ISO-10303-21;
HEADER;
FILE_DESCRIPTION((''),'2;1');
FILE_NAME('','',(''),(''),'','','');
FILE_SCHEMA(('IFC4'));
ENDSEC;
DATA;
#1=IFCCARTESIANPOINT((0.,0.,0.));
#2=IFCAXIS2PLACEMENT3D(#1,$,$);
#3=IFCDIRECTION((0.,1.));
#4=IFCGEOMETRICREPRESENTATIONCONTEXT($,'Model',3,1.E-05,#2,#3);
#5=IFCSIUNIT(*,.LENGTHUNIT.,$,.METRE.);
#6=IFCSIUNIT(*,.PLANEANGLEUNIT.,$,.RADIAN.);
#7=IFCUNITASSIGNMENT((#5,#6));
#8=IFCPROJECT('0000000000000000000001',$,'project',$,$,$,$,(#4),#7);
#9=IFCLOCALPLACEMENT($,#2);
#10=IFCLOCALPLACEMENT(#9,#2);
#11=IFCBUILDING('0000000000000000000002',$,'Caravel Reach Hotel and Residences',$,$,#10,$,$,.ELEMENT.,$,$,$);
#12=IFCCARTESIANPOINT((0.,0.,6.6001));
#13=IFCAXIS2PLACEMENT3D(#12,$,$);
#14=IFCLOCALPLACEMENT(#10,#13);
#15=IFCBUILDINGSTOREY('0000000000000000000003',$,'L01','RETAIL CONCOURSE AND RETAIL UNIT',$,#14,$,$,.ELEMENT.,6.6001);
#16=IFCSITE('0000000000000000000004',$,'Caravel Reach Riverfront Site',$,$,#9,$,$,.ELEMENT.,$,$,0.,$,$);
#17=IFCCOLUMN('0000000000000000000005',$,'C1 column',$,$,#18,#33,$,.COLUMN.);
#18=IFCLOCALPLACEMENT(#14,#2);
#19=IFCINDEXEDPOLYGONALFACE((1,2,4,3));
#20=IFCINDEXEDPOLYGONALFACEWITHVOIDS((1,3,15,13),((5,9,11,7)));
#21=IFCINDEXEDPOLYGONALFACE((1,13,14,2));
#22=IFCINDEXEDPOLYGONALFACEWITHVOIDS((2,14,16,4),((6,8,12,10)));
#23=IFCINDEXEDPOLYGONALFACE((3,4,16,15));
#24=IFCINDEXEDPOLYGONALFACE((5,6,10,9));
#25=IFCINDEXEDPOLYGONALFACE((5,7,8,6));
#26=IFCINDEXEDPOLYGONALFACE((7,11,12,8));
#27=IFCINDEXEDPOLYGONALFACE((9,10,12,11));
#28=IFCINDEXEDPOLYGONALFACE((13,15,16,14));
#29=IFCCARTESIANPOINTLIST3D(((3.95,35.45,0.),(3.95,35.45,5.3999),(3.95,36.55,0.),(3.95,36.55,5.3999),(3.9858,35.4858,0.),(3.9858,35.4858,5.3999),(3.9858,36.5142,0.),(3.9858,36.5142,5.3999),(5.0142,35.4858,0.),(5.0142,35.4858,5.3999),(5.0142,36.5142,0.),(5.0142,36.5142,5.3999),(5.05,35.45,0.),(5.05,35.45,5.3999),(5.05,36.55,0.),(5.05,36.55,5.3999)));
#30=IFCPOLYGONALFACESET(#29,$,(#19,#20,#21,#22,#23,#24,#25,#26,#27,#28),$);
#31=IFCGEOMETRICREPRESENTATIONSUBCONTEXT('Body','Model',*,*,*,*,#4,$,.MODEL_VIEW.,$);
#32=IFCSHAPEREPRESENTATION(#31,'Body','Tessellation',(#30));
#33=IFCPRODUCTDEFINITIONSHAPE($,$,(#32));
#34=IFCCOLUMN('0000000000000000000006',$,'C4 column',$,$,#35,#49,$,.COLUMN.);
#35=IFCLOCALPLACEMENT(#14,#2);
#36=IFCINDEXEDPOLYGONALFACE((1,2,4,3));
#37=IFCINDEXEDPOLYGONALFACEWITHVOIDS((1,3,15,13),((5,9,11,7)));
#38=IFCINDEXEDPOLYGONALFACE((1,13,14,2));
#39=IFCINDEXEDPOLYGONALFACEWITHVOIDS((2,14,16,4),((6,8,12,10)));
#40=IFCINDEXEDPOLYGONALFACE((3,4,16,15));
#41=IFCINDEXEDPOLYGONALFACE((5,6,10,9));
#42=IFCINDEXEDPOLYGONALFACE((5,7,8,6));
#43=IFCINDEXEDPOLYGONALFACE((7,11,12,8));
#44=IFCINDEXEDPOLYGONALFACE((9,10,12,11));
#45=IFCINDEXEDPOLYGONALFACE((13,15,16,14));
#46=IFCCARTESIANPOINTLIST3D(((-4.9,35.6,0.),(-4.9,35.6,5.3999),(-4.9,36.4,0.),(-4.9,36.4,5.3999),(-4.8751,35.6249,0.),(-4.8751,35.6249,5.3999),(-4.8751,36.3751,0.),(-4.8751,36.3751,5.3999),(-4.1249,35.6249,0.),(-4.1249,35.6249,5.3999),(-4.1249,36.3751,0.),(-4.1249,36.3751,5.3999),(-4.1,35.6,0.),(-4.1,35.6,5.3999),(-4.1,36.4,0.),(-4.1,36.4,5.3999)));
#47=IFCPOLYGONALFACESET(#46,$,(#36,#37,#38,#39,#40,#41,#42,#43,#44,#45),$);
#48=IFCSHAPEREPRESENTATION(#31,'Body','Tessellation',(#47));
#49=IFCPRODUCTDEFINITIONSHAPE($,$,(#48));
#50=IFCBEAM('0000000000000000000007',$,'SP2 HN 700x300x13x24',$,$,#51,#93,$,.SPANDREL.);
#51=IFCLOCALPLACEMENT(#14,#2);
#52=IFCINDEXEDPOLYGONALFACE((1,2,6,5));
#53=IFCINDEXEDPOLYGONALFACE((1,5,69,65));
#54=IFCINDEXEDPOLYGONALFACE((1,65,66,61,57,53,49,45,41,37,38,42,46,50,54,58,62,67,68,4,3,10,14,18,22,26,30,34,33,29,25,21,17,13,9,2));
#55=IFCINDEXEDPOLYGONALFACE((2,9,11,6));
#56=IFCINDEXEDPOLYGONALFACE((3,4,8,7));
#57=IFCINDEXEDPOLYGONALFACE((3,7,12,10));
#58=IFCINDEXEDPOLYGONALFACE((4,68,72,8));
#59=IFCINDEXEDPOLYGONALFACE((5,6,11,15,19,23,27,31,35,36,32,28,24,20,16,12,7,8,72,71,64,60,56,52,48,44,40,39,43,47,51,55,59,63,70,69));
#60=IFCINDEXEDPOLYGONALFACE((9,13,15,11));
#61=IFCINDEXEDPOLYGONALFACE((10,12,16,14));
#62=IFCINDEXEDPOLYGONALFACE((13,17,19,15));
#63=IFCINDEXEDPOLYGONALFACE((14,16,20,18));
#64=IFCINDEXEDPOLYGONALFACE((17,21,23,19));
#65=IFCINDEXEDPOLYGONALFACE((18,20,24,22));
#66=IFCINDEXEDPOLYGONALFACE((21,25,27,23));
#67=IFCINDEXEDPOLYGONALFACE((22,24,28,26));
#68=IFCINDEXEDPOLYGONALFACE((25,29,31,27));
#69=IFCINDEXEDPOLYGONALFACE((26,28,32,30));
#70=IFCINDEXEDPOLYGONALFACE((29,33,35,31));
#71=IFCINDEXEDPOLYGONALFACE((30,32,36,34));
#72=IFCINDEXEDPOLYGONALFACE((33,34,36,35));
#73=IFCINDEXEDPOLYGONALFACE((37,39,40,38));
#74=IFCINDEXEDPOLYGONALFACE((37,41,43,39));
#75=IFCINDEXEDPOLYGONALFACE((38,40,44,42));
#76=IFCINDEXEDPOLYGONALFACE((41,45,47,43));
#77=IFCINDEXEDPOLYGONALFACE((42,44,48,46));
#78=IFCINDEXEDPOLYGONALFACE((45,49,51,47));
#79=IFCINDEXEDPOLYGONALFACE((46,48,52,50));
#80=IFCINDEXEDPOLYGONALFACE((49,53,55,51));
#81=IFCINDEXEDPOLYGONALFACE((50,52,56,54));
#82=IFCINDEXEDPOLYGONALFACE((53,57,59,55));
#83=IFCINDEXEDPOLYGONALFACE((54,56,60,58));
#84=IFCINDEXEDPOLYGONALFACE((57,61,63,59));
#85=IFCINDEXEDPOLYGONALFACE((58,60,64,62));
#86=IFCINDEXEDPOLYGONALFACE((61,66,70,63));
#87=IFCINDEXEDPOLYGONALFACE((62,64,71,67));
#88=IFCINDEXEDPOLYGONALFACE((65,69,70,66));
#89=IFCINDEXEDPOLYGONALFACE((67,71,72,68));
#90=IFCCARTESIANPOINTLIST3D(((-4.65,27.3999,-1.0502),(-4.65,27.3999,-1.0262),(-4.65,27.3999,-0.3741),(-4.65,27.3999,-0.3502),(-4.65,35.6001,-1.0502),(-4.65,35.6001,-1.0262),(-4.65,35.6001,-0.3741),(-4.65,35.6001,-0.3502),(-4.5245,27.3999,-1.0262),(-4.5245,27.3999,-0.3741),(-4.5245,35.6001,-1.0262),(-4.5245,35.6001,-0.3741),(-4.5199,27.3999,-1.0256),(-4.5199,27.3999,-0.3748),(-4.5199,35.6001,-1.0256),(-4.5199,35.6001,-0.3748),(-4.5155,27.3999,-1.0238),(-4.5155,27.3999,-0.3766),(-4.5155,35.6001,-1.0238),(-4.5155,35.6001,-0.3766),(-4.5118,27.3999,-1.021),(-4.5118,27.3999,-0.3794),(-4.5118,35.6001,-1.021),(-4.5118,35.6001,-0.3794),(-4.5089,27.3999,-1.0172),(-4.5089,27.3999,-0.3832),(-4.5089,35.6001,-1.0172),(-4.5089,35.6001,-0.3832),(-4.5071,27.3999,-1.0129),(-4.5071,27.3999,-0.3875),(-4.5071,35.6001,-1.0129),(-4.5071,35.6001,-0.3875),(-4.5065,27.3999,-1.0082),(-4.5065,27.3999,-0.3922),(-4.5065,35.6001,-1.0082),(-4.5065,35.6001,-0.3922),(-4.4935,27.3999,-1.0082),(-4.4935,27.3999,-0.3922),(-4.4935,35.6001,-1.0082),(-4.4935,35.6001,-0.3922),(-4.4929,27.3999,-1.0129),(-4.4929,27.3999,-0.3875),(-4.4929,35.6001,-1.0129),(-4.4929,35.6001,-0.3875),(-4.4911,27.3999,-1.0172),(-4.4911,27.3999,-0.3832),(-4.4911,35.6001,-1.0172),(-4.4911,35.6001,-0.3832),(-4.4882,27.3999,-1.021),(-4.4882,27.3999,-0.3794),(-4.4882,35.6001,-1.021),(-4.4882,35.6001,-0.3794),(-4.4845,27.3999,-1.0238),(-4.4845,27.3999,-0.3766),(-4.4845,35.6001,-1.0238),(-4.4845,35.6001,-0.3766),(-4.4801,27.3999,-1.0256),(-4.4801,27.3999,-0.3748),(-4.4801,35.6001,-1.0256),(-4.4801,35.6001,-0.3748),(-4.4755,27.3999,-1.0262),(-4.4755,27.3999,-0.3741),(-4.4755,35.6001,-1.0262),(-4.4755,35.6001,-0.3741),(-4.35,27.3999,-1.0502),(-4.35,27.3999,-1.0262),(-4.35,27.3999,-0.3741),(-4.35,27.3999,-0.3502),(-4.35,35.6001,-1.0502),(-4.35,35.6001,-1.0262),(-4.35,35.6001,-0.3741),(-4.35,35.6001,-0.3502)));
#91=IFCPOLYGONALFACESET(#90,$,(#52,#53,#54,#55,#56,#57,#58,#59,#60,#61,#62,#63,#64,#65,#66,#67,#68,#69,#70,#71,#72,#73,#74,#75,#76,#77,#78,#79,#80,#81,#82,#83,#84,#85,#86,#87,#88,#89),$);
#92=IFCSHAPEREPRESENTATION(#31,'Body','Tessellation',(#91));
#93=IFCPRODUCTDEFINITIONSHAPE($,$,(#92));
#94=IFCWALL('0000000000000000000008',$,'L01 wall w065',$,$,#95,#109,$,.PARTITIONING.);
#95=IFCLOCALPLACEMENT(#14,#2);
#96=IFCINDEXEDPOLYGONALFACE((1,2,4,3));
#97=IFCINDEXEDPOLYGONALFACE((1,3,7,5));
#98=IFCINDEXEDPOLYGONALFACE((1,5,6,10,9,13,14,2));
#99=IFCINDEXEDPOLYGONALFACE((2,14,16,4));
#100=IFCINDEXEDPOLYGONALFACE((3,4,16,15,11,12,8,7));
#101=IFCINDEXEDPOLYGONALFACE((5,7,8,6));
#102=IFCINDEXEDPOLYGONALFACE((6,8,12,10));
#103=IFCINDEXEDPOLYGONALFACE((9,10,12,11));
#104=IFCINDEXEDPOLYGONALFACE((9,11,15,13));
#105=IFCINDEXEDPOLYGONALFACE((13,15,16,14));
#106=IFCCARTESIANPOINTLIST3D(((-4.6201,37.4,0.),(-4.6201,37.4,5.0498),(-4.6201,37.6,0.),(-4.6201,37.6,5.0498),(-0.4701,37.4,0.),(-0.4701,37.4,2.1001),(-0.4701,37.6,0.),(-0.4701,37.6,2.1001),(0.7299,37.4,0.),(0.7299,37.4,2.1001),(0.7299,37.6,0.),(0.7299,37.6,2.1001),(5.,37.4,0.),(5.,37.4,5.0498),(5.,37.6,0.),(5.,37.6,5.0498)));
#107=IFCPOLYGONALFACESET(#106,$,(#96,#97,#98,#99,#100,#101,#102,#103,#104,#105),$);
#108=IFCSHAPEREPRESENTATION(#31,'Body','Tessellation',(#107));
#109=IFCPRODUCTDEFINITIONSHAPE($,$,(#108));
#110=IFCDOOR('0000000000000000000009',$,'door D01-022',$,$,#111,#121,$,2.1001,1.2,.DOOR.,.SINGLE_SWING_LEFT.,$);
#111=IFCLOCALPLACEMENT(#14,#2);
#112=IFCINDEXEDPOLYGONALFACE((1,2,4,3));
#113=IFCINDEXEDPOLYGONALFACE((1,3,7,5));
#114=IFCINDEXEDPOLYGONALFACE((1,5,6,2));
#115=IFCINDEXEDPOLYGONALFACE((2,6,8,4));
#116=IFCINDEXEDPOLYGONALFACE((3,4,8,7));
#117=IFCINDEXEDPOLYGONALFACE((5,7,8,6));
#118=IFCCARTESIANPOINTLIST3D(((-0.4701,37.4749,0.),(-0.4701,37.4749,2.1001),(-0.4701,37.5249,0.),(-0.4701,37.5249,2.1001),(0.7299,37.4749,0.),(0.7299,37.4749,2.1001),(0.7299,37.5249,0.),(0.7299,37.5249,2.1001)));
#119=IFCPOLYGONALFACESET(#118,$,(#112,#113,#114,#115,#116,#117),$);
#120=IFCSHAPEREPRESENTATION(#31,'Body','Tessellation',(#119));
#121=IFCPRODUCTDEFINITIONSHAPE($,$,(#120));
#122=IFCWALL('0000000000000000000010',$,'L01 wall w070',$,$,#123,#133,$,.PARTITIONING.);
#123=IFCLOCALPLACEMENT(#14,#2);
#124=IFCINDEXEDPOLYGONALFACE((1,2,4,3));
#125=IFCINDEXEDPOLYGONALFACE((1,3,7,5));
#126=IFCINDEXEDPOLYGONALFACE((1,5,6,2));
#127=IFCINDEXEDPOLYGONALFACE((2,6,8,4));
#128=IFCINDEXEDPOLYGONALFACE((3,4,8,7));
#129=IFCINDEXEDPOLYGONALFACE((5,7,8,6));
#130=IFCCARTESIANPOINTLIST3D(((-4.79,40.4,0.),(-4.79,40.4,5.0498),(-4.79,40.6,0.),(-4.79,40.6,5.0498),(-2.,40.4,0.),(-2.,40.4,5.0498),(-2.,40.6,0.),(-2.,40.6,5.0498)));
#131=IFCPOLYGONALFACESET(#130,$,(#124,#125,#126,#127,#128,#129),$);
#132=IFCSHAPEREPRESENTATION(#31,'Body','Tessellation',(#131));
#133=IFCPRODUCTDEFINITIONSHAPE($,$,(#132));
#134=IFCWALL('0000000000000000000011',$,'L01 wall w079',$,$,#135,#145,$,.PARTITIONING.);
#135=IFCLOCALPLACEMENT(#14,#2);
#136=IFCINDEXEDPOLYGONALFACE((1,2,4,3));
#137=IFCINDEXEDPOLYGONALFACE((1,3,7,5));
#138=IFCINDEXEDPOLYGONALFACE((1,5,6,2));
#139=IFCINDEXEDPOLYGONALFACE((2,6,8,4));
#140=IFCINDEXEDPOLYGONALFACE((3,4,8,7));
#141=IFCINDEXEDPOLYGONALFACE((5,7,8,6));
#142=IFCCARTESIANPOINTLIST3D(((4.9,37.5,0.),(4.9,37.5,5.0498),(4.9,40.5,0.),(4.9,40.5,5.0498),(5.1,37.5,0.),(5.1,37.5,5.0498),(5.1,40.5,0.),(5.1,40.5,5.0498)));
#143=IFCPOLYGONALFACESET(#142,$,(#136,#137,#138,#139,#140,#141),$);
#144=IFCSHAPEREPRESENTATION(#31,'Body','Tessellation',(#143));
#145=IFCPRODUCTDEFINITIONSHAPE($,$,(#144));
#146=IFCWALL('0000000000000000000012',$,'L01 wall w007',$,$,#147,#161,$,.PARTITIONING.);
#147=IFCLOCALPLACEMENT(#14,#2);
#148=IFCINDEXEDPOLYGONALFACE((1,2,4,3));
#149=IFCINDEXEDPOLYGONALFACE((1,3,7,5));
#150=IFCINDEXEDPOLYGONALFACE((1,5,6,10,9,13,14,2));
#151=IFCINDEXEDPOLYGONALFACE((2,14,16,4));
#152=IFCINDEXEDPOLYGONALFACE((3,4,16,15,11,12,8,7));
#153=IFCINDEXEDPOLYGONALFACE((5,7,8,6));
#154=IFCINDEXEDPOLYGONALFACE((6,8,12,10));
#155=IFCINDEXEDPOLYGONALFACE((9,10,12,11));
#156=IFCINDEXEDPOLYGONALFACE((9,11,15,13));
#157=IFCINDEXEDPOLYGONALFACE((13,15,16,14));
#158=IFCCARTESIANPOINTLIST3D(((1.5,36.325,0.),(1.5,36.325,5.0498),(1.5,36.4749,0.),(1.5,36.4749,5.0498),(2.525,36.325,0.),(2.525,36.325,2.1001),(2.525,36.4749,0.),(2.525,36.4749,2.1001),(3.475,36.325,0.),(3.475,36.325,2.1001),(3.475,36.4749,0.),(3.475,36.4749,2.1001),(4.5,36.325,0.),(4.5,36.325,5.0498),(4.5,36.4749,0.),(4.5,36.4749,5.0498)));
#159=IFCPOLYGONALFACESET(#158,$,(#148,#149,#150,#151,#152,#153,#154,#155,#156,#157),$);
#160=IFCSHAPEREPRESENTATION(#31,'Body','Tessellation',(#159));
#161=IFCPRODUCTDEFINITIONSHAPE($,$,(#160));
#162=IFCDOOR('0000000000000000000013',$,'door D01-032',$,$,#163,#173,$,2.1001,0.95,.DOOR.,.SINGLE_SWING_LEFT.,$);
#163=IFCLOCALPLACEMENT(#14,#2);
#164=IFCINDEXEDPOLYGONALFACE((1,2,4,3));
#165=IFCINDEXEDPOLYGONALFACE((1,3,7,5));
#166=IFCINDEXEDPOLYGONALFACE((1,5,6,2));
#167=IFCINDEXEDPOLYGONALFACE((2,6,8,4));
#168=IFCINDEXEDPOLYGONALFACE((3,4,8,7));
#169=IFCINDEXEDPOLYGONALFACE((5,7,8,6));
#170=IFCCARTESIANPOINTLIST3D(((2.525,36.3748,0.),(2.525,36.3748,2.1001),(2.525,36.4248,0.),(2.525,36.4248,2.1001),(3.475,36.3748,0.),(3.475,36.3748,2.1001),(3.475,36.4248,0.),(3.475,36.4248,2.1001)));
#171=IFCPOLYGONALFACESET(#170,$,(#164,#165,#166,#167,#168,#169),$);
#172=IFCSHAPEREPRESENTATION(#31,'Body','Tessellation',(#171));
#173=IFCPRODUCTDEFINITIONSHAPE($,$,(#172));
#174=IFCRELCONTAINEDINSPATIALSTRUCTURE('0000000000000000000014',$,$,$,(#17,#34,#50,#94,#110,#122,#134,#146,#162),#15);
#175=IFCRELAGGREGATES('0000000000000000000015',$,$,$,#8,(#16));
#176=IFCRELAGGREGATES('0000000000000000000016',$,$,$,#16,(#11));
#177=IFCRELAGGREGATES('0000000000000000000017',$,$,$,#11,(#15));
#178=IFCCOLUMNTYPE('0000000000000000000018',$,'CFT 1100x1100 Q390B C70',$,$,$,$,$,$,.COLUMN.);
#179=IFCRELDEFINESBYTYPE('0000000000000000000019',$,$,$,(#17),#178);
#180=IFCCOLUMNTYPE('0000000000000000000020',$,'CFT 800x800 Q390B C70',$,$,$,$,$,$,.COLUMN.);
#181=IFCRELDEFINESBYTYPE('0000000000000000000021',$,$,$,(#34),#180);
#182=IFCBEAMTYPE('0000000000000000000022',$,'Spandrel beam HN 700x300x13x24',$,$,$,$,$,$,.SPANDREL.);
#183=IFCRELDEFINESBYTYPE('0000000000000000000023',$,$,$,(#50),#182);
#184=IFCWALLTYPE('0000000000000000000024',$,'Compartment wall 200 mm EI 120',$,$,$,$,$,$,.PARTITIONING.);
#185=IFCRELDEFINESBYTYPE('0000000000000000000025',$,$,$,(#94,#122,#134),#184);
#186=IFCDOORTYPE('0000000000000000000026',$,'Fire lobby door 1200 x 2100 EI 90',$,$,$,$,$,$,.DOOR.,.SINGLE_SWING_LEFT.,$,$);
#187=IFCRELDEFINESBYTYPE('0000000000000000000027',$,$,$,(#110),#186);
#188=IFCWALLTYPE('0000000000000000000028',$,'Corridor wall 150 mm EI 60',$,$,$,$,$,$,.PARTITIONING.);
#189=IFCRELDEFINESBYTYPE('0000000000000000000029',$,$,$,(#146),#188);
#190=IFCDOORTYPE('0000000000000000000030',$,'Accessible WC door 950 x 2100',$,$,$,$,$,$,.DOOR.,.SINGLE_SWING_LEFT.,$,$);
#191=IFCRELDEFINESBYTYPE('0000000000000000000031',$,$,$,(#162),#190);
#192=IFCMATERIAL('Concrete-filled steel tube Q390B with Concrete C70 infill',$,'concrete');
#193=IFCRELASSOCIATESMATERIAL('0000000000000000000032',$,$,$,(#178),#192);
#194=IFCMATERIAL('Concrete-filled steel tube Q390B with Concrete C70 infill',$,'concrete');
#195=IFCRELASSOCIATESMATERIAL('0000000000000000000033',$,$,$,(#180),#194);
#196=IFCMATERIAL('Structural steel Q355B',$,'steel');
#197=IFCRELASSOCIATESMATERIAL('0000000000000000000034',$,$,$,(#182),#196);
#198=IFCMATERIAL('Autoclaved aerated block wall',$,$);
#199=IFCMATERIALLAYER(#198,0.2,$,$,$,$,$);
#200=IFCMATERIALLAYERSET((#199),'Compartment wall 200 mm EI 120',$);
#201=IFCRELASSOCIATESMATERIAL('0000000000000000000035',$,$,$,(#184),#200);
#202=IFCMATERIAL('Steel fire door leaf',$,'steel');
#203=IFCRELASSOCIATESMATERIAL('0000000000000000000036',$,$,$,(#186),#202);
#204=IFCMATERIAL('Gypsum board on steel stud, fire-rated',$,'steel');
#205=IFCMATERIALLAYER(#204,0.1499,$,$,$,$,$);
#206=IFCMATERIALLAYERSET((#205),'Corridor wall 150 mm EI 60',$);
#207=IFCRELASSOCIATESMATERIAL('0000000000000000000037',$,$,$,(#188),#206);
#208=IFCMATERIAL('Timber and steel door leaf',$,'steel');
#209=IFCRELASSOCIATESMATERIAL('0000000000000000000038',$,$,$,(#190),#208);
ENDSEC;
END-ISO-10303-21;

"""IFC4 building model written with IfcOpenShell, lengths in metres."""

from ifc_helpers import new_model, si_unit, direction, frame, frame_2d, origin, origin_2d, place, context, subcontext, project, spatial, rectangle, hollow_rectangle, i_section, extrude, material, layer, layer_set, material_profile, profile_set, type_object, element, fill, save


model = new_model("IFC4")

# Units and contexts
model_context = context("Model", 3, precision=1e-05, world=origin(), true_north=direction((0.0, 1.0)))
body_context = subcontext(model_context, "Body", "Model", "MODEL_VIEW")
ifc_project = project(units=[si_unit("LENGTHUNIT", "METRE"), si_unit("PLANEANGLEUNIT", "RADIAN")], contexts=[model_context])

# Site, building, storey
site_placement = place(None, origin())
site = spatial("IfcSite", under=ifc_project, at=site_placement, Name="Caravel Reach Riverfront Site", CompositionType="ELEMENT", RefElevation=0.0)
building_placement = place(site_placement, origin())
building = spatial("IfcBuilding", under=site, at=building_placement, Name="Caravel Reach Hotel and Residences", CompositionType="ELEMENT")
storey_placement = place(building_placement, frame((0.0, 0.0, 6.6001)))
storey = spatial("IfcBuildingStorey", under=building, at=storey_placement, Name="L01", Description="RETAIL CONCOURSE AND RETAIL UNIT", CompositionType="ELEMENT", Elevation=6.6001)

# Columns
ifc_material_1 = material(Name="Concrete-filled steel tube Q390B with Concrete C70 infill", Category="concrete")
ifc_material_profile_1 = material_profile(ifc_material_1, hollow_rectangle(XDim=1.1001, YDim=1.1001, WallThickness=0.0359, at=origin_2d()), Name="RHS 1100x1100x36")
ifc_profile_set_1 = profile_set([ifc_material_profile_1], Name="Concrete-filled steel tube Q390B with Concrete C70 infill")
column_type_1 = type_object("IfcColumnType", Name="CFT 1100x1100 Q390B C70", PredefinedType="COLUMN", material=ifc_profile_set_1)
column_1_placement = place(storey_placement, frame((4.5, 36.0, 0.0), z_axis=(0.0, 0.0, 1.0), x_axis=(1.0, 0.0, 0.0)))
element("IfcColumn", 1, at=column_1_placement, inside=storey, type_object=column_type_1, Name="C1 column", PredefinedType="COLUMN", context=body_context, shape_type="SweptSolid", body=[
    extrude(hollow_rectangle(XDim=1.1001, YDim=1.1001, WallThickness=0.0359, at=origin_2d()), origin(), (0.0, 0.0, 1.0), 5.3999),
])
ifc_material_2 = material(Name="Concrete-filled steel tube Q390B with Concrete C70 infill", Category="concrete")
ifc_material_profile_2 = material_profile(ifc_material_2, hollow_rectangle(XDim=0.8, YDim=0.8, WallThickness=0.0249, at=origin_2d()), Name="RHS 800x800x25")
ifc_profile_set_2 = profile_set([ifc_material_profile_2], Name="Concrete-filled steel tube Q390B with Concrete C70 infill")
column_type_2 = type_object("IfcColumnType", Name="CFT 800x800 Q390B C70", PredefinedType="COLUMN", material=ifc_profile_set_2)
column_2_placement = place(storey_placement, frame((-4.5, 36.0, 0.0), z_axis=(0.0, 0.0, 1.0), x_axis=(1.0, 0.0, 0.0)))
element("IfcColumn", 2, at=column_2_placement, inside=storey, type_object=column_type_2, Name="C4 column", PredefinedType="COLUMN", context=body_context, shape_type="SweptSolid", body=[
    extrude(hollow_rectangle(XDim=0.8, YDim=0.8, WallThickness=0.0249, at=origin_2d()), origin(), (0.0, 0.0, 1.0), 5.3999),
])

# Beam
ifc_material_3 = material(Name="Structural steel Q355B", Category="steel")
ifc_material_profile_3 = material_profile(ifc_material_3, i_section(OverallWidth=0.3, OverallDepth=0.7, WebThickness=0.0129, FlangeThickness=0.0239, FilletRadius=0.0181, at=origin_2d()), Name="HN 700x300x13x24")
ifc_profile_set_3 = profile_set([ifc_material_profile_3], Name="Structural steel Q355B")
beam_type = type_object("IfcBeamType", Name="Spandrel beam HN 700x300x13x24", PredefinedType="SPANDREL", material=ifc_profile_set_3)
beam_placement = place(storey_placement, frame((-4.5, 35.6001, -0.7002), z_axis=(0.0, -1.0, 0.0), x_axis=(1.0, 0.0, 0.0)))
element("IfcBeam", 3, at=beam_placement, inside=storey, type_object=beam_type, Name="SP2 HN 700x300x13x24", PredefinedType="SPANDREL", context=body_context, shape_type="SweptSolid", body=[
    extrude(i_section(OverallWidth=0.3, OverallDepth=0.7, WebThickness=0.0129, FlangeThickness=0.0239, FilletRadius=0.0181, at=origin_2d()), origin(), (0.0, 0.0, 1.0), 8.2002),
])

# Wall, opening, door
ifc_material_4 = material(Name="Autoclaved aerated block wall")
ifc_layer_1 = layer(ifc_material_4, 0.2)
ifc_layer_set_1 = layer_set([ifc_layer_1], Name="Compartment wall 200 mm EI 120")
wall_type_1 = type_object("IfcWallType", Name="Compartment wall 200 mm EI 120", PredefinedType="PARTITIONING", material=ifc_layer_set_1)
wall_1_placement = place(storey_placement, frame((-4.6201, 37.5, 0.0), z_axis=(0.0, 0.0, 1.0), x_axis=(1.0, 0.0, 0.0)))
wall_1 = element("IfcWall", 4, at=wall_1_placement, inside=storey, type_object=wall_type_1, Name="L01 wall w065", PredefinedType="PARTITIONING", context=body_context, shape_type="SweptSolid", body=[
    extrude(rectangle(XDim=9.6201, YDim=0.2, at=frame_2d((4.8101, 0.0))), origin(), (0.0, 0.0, 1.0), 5.0498),
])
opening_1_placement = place(wall_1_placement, frame((4.1499, 0.0, 0.0)))
opening_1 = element("IfcOpeningElement", 5, at=opening_1_placement, cuts=wall_1, PredefinedType="OPENING", context=body_context, shape_type="SweptSolid", body=[
    extrude(rectangle(XDim=1.2, YDim=2.1001, at=frame_2d((0.6001, 1.05))), frame((0.0, 0.1099, 0.0), z_axis=(0.0, -1.0, 0.0), x_axis=(1.0, 0.0, 0.0)), (0.0, 0.0, 1.0), 0.22),
])
ifc_material_5 = material(Name="Steel fire door leaf", Category="steel")
door_type_1 = type_object("IfcDoorType", Name="Fire lobby door 1200 x 2100 EI 90", OperationType="SINGLE_SWING_LEFT", PredefinedType="DOOR", material=ifc_material_5)
door_1_placement = place(opening_1_placement, origin())
door_1 = element("IfcDoor", 6, at=door_1_placement, inside=storey, type_object=door_type_1, Name="door D01-022", OperationType="SINGLE_SWING_LEFT", OverallHeight=2.1001, OverallWidth=1.2, PredefinedType="DOOR", context=body_context, shape_type="SweptSolid", body=[
    extrude(rectangle(XDim=1.2, YDim=2.1001, at=frame_2d((0.6001, 1.05))), frame((0.0, 0.0249, 0.0), z_axis=(0.0, -1.0, 0.0), x_axis=(1.0, 0.0, 0.0)), (0.0, 0.0, 1.0), 0.05),
])
fill(opening_1, door_1)

# Walls
wall_2_placement = place(storey_placement, frame((-4.79, 40.5, 0.0), z_axis=(0.0, 0.0, 1.0), x_axis=(1.0, 0.0, 0.0)))
element("IfcWall", 7, at=wall_2_placement, inside=storey, type_object=wall_type_1, Name="L01 wall w070", PredefinedType="PARTITIONING", context=body_context, shape_type="SweptSolid", body=[
    extrude(rectangle(XDim=2.79, YDim=0.2, at=frame_2d((1.395, 0.0))), origin(), (0.0, 0.0, 1.0), 5.0498),
])
wall_3_placement = place(storey_placement, frame((5.0, 37.5, 0.0), z_axis=(0.0, 0.0, 1.0), x_axis=(0.0, 1.0, 0.0)))
element("IfcWall", 8, at=wall_3_placement, inside=storey, type_object=wall_type_1, Name="L01 wall w079", PredefinedType="PARTITIONING", context=body_context, shape_type="SweptSolid", body=[
    extrude(rectangle(XDim=3.0, YDim=0.2, at=frame_2d((1.5, 0.0))), origin(), (0.0, 0.0, 1.0), 5.0498),
])

# Wall, opening, door
ifc_material_6 = material(Name="Gypsum board on steel stud, fire-rated", Category="steel")
ifc_layer_2 = layer(ifc_material_6, 0.1499)
ifc_layer_set_2 = layer_set([ifc_layer_2], Name="Corridor wall 150 mm EI 60")
wall_type_2 = type_object("IfcWallType", Name="Corridor wall 150 mm EI 60", PredefinedType="PARTITIONING", material=ifc_layer_set_2)
wall_4_placement = place(storey_placement, frame((1.5, 36.3999, 0.0), z_axis=(0.0, 0.0, 1.0), x_axis=(1.0, 0.0, 0.0)))
wall_4 = element("IfcWall", 9, at=wall_4_placement, inside=storey, type_object=wall_type_2, Name="L01 wall w007", PredefinedType="PARTITIONING", context=body_context, shape_type="SweptSolid", body=[
    extrude(rectangle(XDim=3.0, YDim=0.1499, at=frame_2d((1.5, 0.0))), origin(), (0.0, 0.0, 1.0), 5.0498),
])
opening_2_placement = place(wall_4_placement, frame((1.0249, 0.0, 0.0)))
opening_2 = element("IfcOpeningElement", 10, at=opening_2_placement, cuts=wall_4, PredefinedType="OPENING", context=body_context, shape_type="SweptSolid", body=[
    extrude(rectangle(XDim=0.95, YDim=2.1001, at=frame_2d((0.4751, 1.05))), frame((0.0, 0.085, 0.0), z_axis=(0.0, -1.0, 0.0), x_axis=(1.0, 0.0, 0.0)), (0.0, 0.0, 1.0), 0.1699),
])
ifc_material_7 = material(Name="Timber and steel door leaf", Category="steel")
door_type_2 = type_object("IfcDoorType", Name="Accessible WC door 950 x 2100", OperationType="SINGLE_SWING_LEFT", PredefinedType="DOOR", material=ifc_material_7)
door_2_placement = place(opening_2_placement, origin())
door_2 = element("IfcDoor", 11, at=door_2_placement, inside=storey, type_object=door_type_2, Name="door D01-032", OperationType="SINGLE_SWING_LEFT", OverallHeight=2.1001, OverallWidth=0.95, PredefinedType="DOOR", context=body_context, shape_type="SweptSolid", body=[
    extrude(rectangle(XDim=0.95, YDim=2.1001, at=frame_2d((0.4751, 1.05))), frame((0.0, 0.0249, 0.0), z_axis=(0.0, -1.0, 0.0), x_axis=(1.0, 0.0, 0.0)), (0.0, 0.0, 1.0), 0.05),
])
fill(opening_2, door_2)

save(model, "model.ifc")
